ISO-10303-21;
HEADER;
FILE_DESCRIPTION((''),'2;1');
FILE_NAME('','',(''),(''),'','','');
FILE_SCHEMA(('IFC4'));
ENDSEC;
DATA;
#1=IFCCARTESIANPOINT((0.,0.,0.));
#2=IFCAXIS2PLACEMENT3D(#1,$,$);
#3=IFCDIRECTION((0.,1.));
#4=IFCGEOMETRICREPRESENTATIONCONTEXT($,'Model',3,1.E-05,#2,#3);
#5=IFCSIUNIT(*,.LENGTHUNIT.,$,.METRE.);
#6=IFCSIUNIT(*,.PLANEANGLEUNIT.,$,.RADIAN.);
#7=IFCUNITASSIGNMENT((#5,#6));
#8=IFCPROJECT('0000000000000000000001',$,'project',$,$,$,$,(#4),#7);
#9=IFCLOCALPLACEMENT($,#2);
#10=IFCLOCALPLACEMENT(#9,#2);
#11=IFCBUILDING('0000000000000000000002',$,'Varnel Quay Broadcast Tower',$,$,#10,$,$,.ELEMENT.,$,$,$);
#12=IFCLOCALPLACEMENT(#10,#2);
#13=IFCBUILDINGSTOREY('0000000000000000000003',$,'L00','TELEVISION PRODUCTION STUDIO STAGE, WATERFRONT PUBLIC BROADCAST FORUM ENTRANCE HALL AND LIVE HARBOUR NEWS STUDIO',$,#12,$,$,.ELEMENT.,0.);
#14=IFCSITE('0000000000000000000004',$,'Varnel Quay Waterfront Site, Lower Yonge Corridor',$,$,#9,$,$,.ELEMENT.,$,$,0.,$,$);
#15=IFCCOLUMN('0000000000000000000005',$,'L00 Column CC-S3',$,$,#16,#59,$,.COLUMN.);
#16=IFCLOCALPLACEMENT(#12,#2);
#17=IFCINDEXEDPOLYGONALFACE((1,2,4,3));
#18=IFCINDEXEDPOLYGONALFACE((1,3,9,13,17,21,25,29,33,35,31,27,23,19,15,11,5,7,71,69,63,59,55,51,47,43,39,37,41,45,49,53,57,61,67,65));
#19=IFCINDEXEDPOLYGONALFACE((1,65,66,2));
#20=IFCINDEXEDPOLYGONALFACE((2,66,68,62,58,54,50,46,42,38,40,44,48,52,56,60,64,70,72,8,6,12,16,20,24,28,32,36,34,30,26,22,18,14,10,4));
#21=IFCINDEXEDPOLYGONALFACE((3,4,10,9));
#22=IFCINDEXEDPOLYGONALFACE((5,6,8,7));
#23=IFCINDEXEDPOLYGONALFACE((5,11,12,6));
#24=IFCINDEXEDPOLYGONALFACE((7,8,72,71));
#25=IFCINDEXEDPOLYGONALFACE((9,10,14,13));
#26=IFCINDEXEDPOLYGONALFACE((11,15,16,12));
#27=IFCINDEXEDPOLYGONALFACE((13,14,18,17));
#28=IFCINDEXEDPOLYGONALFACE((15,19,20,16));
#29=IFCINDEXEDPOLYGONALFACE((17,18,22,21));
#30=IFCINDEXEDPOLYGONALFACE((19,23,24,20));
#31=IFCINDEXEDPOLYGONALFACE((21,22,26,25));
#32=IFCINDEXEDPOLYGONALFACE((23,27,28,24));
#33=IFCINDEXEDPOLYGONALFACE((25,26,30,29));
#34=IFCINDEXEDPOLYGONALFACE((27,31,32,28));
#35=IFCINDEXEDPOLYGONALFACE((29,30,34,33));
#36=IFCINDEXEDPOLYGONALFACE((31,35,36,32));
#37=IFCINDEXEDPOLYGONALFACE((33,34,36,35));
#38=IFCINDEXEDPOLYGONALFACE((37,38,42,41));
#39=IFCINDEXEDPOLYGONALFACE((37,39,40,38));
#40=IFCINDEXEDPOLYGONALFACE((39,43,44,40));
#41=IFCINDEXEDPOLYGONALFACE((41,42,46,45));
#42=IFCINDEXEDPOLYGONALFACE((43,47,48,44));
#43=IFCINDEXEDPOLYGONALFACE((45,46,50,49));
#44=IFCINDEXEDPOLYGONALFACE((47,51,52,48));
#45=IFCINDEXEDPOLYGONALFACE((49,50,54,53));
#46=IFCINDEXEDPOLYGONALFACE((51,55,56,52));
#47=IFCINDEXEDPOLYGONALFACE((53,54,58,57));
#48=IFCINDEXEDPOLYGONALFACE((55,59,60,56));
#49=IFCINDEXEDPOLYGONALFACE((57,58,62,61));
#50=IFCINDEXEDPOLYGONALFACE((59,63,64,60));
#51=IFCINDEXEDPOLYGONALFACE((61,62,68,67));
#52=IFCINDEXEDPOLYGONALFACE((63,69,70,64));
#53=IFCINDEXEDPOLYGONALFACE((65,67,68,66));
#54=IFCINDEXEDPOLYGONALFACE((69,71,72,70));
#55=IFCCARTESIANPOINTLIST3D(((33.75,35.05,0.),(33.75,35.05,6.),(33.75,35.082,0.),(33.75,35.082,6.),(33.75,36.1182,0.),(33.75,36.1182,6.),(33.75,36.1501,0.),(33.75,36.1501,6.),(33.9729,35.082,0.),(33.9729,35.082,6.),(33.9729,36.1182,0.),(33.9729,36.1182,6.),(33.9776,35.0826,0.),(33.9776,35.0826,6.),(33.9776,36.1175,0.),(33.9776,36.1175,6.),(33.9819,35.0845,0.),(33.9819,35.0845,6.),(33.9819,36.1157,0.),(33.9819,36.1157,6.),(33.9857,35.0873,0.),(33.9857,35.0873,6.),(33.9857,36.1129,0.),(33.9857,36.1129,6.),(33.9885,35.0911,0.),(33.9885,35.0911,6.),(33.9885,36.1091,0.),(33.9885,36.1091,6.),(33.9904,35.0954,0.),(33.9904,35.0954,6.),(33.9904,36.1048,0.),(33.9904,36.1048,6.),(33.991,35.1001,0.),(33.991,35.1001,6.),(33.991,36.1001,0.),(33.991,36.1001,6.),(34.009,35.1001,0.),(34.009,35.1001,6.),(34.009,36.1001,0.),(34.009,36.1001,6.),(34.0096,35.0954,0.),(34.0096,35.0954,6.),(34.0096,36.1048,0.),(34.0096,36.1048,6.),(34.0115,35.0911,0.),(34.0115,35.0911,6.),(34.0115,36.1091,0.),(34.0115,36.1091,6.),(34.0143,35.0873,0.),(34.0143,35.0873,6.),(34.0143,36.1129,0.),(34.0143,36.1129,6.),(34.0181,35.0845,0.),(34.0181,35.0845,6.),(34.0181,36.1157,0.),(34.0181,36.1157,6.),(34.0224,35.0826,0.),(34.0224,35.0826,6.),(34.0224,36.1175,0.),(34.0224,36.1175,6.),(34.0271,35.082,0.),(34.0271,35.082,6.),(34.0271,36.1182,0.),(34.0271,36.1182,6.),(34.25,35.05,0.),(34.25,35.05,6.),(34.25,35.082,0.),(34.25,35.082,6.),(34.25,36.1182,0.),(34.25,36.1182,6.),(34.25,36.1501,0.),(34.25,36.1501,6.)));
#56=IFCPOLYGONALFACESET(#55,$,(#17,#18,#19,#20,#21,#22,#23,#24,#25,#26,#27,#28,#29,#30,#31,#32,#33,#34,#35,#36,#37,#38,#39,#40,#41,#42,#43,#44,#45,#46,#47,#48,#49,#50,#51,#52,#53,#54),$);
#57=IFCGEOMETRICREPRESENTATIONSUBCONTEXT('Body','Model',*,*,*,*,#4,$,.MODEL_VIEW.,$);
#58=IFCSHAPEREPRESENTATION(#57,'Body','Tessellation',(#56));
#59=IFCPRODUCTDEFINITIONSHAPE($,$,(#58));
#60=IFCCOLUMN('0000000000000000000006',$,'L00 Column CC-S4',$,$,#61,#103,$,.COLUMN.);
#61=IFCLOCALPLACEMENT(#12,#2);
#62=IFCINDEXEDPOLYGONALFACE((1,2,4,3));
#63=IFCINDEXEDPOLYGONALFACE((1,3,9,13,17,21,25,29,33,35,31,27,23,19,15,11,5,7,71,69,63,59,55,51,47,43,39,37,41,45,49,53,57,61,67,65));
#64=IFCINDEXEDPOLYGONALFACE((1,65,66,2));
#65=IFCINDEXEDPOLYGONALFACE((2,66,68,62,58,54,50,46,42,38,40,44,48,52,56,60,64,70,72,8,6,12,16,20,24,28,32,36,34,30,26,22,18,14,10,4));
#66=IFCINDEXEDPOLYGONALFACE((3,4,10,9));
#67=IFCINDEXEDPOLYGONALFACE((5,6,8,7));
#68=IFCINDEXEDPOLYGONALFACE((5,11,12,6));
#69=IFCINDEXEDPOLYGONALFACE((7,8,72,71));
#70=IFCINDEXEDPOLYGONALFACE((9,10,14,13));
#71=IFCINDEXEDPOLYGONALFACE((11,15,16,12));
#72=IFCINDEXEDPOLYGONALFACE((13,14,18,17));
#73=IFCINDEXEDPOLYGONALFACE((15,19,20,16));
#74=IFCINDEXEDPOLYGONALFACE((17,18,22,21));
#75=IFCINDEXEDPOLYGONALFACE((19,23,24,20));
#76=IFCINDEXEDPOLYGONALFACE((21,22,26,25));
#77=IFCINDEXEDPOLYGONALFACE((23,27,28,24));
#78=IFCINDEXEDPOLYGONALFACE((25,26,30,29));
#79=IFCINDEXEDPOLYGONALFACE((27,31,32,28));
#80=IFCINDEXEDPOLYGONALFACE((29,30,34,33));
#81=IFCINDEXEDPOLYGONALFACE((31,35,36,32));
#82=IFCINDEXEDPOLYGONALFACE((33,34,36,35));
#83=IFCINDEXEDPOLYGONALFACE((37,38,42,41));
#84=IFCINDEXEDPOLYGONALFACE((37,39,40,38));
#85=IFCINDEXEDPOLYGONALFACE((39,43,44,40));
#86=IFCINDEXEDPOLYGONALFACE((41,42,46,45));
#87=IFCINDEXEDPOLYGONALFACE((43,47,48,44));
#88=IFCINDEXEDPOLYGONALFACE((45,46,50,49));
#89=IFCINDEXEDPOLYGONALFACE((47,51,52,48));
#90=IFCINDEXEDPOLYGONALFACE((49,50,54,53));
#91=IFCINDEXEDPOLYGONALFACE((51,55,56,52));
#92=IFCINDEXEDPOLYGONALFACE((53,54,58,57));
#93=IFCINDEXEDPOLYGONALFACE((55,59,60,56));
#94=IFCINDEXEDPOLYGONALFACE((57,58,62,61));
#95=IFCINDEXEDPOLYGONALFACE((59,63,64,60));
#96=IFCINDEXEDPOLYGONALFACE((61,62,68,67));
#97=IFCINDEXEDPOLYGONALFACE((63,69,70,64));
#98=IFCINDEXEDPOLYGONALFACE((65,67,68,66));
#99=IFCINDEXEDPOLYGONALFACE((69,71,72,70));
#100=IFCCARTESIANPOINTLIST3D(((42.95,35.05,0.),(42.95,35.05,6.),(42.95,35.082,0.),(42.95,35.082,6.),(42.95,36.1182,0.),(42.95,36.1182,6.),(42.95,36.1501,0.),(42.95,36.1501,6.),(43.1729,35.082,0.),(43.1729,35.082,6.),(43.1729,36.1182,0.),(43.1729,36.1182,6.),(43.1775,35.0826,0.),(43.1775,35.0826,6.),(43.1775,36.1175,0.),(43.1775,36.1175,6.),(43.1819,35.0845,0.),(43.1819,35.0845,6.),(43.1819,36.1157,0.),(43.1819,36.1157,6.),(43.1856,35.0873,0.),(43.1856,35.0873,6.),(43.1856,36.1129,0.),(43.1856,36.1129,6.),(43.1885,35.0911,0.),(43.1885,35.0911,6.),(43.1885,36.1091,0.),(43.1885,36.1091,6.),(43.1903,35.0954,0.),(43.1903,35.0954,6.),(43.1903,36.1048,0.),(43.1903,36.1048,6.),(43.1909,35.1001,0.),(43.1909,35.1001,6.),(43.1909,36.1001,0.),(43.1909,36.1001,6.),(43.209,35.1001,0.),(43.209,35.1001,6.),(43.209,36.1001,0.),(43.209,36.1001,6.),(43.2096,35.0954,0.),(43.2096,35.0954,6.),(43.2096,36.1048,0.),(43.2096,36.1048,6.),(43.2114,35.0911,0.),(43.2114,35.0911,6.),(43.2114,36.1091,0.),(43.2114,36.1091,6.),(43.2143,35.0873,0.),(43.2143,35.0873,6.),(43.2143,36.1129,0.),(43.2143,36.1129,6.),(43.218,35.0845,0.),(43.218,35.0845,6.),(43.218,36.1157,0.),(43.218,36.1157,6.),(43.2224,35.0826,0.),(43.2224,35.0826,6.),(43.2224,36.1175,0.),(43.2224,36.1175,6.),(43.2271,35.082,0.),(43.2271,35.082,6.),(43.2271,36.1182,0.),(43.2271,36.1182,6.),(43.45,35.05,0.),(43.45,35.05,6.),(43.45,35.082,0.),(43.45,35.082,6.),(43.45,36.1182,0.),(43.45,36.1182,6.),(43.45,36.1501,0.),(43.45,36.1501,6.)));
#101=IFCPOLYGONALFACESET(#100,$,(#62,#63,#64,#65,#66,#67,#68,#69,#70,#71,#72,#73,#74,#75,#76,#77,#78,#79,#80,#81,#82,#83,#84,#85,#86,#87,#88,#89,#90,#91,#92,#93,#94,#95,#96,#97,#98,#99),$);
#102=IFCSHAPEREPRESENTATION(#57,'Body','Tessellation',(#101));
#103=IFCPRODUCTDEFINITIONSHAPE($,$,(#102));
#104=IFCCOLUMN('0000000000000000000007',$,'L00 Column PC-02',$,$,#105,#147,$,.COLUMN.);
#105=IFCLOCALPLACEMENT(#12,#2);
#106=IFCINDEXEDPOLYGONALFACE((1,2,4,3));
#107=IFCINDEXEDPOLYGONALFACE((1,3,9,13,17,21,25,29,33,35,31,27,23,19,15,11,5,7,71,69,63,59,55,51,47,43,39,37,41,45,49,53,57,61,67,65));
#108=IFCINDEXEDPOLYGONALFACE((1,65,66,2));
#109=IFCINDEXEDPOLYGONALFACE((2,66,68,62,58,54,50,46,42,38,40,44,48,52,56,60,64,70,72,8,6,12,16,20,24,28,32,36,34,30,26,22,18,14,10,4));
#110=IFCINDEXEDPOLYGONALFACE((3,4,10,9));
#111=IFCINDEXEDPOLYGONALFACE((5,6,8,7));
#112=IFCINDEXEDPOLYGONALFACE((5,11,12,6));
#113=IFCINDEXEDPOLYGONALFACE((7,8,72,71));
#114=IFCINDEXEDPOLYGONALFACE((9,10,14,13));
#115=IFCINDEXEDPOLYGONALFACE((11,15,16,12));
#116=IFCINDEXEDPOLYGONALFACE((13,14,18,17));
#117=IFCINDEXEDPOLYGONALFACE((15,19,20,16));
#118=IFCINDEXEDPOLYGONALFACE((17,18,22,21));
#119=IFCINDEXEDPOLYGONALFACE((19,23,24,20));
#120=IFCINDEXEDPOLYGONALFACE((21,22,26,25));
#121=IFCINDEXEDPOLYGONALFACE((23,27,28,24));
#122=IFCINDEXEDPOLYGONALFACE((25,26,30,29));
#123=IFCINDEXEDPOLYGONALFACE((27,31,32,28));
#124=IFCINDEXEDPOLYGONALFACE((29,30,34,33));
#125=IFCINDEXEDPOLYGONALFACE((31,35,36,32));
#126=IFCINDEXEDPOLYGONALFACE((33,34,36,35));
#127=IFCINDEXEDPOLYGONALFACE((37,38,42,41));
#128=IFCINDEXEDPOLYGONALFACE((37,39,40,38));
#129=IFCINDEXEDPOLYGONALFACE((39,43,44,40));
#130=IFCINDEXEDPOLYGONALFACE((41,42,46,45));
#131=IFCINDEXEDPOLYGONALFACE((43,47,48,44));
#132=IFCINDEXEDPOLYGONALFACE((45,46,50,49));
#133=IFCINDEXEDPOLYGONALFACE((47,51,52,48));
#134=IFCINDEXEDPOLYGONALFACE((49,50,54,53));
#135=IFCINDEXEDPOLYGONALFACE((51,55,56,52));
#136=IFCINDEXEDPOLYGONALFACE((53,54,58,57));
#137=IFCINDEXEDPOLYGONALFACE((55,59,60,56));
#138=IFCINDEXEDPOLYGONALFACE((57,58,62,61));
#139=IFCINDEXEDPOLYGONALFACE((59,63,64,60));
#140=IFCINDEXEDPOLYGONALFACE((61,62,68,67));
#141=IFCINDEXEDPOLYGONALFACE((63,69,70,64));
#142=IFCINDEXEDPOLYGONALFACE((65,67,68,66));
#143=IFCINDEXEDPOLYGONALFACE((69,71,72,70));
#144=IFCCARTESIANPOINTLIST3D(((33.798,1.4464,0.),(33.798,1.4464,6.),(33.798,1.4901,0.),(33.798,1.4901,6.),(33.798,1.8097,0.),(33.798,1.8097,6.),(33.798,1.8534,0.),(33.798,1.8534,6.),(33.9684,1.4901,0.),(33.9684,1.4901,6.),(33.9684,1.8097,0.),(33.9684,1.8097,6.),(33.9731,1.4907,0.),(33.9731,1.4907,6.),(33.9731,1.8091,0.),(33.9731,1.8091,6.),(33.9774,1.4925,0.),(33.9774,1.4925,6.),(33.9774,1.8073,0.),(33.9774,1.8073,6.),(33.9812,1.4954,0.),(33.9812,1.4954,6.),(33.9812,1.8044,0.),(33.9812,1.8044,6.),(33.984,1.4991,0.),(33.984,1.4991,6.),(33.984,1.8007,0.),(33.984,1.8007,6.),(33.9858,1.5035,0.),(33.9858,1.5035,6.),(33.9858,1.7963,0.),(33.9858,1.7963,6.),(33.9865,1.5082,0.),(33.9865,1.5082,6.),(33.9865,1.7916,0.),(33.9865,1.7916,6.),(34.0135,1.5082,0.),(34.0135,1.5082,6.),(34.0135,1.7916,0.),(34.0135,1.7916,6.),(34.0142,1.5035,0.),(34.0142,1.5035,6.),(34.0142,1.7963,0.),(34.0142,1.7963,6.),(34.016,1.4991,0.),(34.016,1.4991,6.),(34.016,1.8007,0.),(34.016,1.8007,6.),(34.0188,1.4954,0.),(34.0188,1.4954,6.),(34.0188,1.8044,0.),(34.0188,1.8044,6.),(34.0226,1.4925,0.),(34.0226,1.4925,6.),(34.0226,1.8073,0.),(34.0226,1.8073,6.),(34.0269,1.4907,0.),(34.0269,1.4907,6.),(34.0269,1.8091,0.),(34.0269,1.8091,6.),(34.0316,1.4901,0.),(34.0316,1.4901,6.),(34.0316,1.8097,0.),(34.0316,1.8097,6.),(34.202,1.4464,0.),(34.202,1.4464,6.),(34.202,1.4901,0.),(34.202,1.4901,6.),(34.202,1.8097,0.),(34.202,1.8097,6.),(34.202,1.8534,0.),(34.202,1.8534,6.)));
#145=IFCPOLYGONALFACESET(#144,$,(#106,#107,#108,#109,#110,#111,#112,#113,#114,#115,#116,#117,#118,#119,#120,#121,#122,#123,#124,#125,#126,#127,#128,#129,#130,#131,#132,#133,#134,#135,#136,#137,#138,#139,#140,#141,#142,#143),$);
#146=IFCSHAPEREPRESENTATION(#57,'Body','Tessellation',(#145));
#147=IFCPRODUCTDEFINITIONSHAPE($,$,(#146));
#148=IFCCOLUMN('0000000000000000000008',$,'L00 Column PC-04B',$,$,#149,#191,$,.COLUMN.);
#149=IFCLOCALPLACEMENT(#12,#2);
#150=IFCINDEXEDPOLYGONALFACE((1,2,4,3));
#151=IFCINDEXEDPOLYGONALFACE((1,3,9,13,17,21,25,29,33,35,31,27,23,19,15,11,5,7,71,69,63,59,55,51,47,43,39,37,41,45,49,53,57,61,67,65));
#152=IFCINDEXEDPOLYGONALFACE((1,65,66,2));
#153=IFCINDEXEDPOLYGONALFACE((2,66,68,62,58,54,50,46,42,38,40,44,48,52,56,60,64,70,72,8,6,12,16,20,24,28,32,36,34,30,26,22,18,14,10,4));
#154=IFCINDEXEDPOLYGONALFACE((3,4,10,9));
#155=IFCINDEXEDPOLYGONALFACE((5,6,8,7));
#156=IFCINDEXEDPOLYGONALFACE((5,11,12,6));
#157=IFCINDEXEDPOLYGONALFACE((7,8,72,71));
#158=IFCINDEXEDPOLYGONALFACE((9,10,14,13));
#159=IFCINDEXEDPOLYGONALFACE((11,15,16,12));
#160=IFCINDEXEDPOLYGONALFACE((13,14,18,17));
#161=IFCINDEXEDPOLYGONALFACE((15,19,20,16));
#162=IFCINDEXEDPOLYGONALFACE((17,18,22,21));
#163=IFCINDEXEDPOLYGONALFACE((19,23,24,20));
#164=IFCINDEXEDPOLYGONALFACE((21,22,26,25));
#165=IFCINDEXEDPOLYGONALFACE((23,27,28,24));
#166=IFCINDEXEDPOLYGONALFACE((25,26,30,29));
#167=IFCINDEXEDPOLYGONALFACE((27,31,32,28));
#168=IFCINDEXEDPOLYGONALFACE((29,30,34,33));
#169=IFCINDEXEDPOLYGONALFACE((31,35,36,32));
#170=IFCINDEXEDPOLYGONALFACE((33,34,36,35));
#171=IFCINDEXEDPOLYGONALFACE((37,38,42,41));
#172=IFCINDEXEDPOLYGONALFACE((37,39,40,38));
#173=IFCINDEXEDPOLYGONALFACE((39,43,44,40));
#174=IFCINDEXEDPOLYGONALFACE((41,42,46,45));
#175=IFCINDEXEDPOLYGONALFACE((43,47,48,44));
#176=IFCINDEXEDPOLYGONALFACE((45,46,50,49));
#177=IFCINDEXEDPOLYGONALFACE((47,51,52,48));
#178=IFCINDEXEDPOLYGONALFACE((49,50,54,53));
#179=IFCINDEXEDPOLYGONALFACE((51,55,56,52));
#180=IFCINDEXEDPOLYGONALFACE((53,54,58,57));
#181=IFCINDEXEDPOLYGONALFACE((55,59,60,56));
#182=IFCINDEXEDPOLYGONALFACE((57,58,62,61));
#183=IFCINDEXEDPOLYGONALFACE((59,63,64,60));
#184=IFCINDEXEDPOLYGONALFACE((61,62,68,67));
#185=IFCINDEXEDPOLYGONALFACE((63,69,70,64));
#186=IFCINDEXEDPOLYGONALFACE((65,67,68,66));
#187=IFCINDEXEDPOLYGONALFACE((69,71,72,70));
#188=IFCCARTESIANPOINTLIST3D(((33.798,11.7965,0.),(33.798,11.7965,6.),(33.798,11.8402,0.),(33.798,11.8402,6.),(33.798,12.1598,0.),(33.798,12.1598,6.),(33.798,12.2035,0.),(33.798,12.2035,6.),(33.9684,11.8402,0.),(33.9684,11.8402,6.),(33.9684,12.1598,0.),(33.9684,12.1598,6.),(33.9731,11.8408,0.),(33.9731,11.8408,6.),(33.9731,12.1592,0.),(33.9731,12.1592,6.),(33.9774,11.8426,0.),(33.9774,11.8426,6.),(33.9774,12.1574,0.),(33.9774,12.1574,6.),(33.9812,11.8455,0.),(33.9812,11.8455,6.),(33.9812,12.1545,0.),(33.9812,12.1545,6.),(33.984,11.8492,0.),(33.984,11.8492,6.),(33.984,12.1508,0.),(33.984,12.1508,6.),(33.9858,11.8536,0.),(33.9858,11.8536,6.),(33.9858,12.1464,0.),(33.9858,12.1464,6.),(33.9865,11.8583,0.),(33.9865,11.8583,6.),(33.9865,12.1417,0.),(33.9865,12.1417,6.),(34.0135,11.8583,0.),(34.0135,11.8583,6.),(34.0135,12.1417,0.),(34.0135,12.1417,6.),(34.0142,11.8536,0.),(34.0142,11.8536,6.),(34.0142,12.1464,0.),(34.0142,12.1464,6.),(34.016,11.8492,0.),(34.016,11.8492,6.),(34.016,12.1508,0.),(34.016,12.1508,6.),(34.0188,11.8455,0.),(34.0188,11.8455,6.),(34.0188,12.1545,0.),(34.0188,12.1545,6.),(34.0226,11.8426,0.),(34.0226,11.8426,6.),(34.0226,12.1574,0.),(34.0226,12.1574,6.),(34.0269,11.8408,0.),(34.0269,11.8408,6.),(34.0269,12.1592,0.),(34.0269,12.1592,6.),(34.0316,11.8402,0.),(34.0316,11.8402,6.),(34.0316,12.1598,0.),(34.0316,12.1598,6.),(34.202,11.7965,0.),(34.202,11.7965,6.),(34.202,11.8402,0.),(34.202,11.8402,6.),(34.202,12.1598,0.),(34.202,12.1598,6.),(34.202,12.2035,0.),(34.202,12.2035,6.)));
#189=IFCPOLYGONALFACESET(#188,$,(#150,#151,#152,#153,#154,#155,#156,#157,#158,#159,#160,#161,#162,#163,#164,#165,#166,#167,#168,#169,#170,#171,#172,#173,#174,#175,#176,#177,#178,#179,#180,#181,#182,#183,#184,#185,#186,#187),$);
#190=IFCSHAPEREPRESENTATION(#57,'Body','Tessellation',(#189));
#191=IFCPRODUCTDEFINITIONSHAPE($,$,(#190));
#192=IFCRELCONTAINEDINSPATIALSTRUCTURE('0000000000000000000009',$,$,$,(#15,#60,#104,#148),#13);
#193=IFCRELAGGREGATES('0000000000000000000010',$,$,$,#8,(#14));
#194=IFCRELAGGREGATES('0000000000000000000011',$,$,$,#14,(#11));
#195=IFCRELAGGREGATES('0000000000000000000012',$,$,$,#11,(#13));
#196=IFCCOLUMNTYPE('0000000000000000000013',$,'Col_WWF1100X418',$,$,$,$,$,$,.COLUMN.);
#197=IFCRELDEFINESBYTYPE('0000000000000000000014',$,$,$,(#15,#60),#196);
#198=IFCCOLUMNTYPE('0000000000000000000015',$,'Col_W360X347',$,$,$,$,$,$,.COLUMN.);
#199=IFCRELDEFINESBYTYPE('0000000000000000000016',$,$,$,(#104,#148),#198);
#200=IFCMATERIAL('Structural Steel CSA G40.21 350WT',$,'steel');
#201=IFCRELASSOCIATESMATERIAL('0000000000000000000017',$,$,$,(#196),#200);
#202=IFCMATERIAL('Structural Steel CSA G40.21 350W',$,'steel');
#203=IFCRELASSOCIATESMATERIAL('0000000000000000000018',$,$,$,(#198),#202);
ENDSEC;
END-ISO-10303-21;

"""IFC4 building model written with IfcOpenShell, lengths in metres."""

from ifc_helpers import new_model, si_unit, direction, frame, origin, origin_2d, place, context, subcontext, project, spatial, i_section, extrude, source, transform, mapped, material, material_profile, profile_set, type_object, type_shapes, element, save


model = new_model("IFC4")

# Units and contexts
model_context = context("Model", 3, precision=1e-05, world=origin(), true_north=direction((0.0, 1.0)))
body_context = subcontext(model_context, "Body", "Model", "MODEL_VIEW")
ifc_project = project(units=[si_unit("LENGTHUNIT", "METRE"), si_unit("PLANEANGLEUNIT", "RADIAN")], contexts=[model_context])

# Site, building, storey
site_placement = place(None, origin())
site = spatial("IfcSite", under=ifc_project, at=site_placement, Name="Varnel Quay Waterfront Site, Lower Yonge Corridor", CompositionType="ELEMENT", RefElevation=0.0)
building_placement = place(site_placement, origin())
building = spatial("IfcBuilding", under=site, at=building_placement, Name="Varnel Quay Broadcast Tower", CompositionType="ELEMENT")
storey_placement = place(building_placement, origin())
storey = spatial("IfcBuildingStorey", under=building, at=storey_placement, Name="L00", Description="TELEVISION PRODUCTION STUDIO STAGE, WATERFRONT PUBLIC BROADCAST FORUM ENTRANCE HALL AND LIVE HARBOUR NEWS STUDIO", CompositionType="ELEMENT", Elevation=0.0)

# Columns
ifc_material_1 = material(Name="Structural Steel CSA G40.21 350WT", Category="steel")
ifc_material_profile_1 = material_profile(ifc_material_1, i_section(OverallWidth=0.5, OverallDepth=1.1001, WebThickness=0.0181, FlangeThickness=0.032, FilletRadius=0.0181, at=origin_2d()), Name="WWF1100X418")
ifc_profile_set_1 = profile_set([ifc_material_profile_1], Name="Structural Steel CSA G40.21 350WT")
column_type_1 = type_object("IfcColumnType", Name="Col_WWF1100X418", PredefinedType="COLUMN", material=ifc_profile_set_1)
shared_shape_1 = source(origin(), body_context, "Body", "SweptSolid", [
    extrude(i_section(OverallWidth=0.5, OverallDepth=1.1001, WebThickness=0.0181, FlangeThickness=0.032, FilletRadius=0.0181, at=origin_2d()), origin(), (0.0, 0.0, 1.0), 6.0),
])
type_shapes(column_type_1, [shared_shape_1])
for number, where, z_axis, x_axis, name in (
    (1, (34.0, 35.6001, 0.0), (0.0, 0.0, 1.0), (1.0, 0.0, 0.0), "L00 Column CC-S3"),
    (2, (43.2, 35.6001, 0.0), (0.0, 0.0, 1.0), (1.0, 0.0, 0.0), "L00 Column CC-S4"),
):
    element("IfcColumn", number, at=place(storey_placement, frame(where, z_axis=z_axis, x_axis=x_axis)), inside=storey, type_object=column_type_1, Name=name, PredefinedType="COLUMN", context=body_context, shape_type="MappedRepresentation", body=[
        mapped(shared_shape_1, transform((0.0, 0.0, 0.0), x_axis=(1.0, 0.0, 0.0), y_axis=(0.0, 1.0, 0.0), z_axis=(0.0, 0.0, 1.0), scale=1.0)),
    ])
ifc_material_2 = material(Name="Structural Steel CSA G40.21 350W", Category="steel")
ifc_material_profile_2 = material_profile(ifc_material_2, i_section(OverallWidth=0.4041, OverallDepth=0.407, WebThickness=0.0271, FlangeThickness=0.0437, FilletRadius=0.0181, at=origin_2d()), Name="W360X347")
ifc_profile_set_2 = profile_set([ifc_material_profile_2], Name="Structural Steel CSA G40.21 350W")
column_type_2 = type_object("IfcColumnType", Name="Col_W360X347", PredefinedType="COLUMN", material=ifc_profile_set_2)
shared_shape_2 = source(origin(), body_context, "Body", "SweptSolid", [
    extrude(i_section(OverallWidth=0.4041, OverallDepth=0.407, WebThickness=0.0271, FlangeThickness=0.0437, FilletRadius=0.0181, at=origin_2d()), origin(), (0.0, 0.0, 1.0), 6.0),
])
type_shapes(column_type_2, [shared_shape_2])
for number, where, z_axis, x_axis, name in (
    (3, (34.0, 1.6499, 0.0), (0.0, 0.0, 1.0), (1.0, 0.0, 0.0), "L00 Column PC-02"),
    (4, (34.0, 12.0, 0.0), (0.0, 0.0, 1.0), (1.0, 0.0, 0.0), "L00 Column PC-04B"),
):
    element("IfcColumn", number, at=place(storey_placement, frame(where, z_axis=z_axis, x_axis=x_axis)), inside=storey, type_object=column_type_2, Name=name, PredefinedType="COLUMN", context=body_context, shape_type="MappedRepresentation", body=[
        mapped(shared_shape_2, transform((0.0, 0.0, 0.0), x_axis=(1.0, 0.0, 0.0), y_axis=(0.0, 1.0, 0.0), z_axis=(0.0, 0.0, 1.0), scale=1.0)),
    ])

save(model, "model.ifc")
